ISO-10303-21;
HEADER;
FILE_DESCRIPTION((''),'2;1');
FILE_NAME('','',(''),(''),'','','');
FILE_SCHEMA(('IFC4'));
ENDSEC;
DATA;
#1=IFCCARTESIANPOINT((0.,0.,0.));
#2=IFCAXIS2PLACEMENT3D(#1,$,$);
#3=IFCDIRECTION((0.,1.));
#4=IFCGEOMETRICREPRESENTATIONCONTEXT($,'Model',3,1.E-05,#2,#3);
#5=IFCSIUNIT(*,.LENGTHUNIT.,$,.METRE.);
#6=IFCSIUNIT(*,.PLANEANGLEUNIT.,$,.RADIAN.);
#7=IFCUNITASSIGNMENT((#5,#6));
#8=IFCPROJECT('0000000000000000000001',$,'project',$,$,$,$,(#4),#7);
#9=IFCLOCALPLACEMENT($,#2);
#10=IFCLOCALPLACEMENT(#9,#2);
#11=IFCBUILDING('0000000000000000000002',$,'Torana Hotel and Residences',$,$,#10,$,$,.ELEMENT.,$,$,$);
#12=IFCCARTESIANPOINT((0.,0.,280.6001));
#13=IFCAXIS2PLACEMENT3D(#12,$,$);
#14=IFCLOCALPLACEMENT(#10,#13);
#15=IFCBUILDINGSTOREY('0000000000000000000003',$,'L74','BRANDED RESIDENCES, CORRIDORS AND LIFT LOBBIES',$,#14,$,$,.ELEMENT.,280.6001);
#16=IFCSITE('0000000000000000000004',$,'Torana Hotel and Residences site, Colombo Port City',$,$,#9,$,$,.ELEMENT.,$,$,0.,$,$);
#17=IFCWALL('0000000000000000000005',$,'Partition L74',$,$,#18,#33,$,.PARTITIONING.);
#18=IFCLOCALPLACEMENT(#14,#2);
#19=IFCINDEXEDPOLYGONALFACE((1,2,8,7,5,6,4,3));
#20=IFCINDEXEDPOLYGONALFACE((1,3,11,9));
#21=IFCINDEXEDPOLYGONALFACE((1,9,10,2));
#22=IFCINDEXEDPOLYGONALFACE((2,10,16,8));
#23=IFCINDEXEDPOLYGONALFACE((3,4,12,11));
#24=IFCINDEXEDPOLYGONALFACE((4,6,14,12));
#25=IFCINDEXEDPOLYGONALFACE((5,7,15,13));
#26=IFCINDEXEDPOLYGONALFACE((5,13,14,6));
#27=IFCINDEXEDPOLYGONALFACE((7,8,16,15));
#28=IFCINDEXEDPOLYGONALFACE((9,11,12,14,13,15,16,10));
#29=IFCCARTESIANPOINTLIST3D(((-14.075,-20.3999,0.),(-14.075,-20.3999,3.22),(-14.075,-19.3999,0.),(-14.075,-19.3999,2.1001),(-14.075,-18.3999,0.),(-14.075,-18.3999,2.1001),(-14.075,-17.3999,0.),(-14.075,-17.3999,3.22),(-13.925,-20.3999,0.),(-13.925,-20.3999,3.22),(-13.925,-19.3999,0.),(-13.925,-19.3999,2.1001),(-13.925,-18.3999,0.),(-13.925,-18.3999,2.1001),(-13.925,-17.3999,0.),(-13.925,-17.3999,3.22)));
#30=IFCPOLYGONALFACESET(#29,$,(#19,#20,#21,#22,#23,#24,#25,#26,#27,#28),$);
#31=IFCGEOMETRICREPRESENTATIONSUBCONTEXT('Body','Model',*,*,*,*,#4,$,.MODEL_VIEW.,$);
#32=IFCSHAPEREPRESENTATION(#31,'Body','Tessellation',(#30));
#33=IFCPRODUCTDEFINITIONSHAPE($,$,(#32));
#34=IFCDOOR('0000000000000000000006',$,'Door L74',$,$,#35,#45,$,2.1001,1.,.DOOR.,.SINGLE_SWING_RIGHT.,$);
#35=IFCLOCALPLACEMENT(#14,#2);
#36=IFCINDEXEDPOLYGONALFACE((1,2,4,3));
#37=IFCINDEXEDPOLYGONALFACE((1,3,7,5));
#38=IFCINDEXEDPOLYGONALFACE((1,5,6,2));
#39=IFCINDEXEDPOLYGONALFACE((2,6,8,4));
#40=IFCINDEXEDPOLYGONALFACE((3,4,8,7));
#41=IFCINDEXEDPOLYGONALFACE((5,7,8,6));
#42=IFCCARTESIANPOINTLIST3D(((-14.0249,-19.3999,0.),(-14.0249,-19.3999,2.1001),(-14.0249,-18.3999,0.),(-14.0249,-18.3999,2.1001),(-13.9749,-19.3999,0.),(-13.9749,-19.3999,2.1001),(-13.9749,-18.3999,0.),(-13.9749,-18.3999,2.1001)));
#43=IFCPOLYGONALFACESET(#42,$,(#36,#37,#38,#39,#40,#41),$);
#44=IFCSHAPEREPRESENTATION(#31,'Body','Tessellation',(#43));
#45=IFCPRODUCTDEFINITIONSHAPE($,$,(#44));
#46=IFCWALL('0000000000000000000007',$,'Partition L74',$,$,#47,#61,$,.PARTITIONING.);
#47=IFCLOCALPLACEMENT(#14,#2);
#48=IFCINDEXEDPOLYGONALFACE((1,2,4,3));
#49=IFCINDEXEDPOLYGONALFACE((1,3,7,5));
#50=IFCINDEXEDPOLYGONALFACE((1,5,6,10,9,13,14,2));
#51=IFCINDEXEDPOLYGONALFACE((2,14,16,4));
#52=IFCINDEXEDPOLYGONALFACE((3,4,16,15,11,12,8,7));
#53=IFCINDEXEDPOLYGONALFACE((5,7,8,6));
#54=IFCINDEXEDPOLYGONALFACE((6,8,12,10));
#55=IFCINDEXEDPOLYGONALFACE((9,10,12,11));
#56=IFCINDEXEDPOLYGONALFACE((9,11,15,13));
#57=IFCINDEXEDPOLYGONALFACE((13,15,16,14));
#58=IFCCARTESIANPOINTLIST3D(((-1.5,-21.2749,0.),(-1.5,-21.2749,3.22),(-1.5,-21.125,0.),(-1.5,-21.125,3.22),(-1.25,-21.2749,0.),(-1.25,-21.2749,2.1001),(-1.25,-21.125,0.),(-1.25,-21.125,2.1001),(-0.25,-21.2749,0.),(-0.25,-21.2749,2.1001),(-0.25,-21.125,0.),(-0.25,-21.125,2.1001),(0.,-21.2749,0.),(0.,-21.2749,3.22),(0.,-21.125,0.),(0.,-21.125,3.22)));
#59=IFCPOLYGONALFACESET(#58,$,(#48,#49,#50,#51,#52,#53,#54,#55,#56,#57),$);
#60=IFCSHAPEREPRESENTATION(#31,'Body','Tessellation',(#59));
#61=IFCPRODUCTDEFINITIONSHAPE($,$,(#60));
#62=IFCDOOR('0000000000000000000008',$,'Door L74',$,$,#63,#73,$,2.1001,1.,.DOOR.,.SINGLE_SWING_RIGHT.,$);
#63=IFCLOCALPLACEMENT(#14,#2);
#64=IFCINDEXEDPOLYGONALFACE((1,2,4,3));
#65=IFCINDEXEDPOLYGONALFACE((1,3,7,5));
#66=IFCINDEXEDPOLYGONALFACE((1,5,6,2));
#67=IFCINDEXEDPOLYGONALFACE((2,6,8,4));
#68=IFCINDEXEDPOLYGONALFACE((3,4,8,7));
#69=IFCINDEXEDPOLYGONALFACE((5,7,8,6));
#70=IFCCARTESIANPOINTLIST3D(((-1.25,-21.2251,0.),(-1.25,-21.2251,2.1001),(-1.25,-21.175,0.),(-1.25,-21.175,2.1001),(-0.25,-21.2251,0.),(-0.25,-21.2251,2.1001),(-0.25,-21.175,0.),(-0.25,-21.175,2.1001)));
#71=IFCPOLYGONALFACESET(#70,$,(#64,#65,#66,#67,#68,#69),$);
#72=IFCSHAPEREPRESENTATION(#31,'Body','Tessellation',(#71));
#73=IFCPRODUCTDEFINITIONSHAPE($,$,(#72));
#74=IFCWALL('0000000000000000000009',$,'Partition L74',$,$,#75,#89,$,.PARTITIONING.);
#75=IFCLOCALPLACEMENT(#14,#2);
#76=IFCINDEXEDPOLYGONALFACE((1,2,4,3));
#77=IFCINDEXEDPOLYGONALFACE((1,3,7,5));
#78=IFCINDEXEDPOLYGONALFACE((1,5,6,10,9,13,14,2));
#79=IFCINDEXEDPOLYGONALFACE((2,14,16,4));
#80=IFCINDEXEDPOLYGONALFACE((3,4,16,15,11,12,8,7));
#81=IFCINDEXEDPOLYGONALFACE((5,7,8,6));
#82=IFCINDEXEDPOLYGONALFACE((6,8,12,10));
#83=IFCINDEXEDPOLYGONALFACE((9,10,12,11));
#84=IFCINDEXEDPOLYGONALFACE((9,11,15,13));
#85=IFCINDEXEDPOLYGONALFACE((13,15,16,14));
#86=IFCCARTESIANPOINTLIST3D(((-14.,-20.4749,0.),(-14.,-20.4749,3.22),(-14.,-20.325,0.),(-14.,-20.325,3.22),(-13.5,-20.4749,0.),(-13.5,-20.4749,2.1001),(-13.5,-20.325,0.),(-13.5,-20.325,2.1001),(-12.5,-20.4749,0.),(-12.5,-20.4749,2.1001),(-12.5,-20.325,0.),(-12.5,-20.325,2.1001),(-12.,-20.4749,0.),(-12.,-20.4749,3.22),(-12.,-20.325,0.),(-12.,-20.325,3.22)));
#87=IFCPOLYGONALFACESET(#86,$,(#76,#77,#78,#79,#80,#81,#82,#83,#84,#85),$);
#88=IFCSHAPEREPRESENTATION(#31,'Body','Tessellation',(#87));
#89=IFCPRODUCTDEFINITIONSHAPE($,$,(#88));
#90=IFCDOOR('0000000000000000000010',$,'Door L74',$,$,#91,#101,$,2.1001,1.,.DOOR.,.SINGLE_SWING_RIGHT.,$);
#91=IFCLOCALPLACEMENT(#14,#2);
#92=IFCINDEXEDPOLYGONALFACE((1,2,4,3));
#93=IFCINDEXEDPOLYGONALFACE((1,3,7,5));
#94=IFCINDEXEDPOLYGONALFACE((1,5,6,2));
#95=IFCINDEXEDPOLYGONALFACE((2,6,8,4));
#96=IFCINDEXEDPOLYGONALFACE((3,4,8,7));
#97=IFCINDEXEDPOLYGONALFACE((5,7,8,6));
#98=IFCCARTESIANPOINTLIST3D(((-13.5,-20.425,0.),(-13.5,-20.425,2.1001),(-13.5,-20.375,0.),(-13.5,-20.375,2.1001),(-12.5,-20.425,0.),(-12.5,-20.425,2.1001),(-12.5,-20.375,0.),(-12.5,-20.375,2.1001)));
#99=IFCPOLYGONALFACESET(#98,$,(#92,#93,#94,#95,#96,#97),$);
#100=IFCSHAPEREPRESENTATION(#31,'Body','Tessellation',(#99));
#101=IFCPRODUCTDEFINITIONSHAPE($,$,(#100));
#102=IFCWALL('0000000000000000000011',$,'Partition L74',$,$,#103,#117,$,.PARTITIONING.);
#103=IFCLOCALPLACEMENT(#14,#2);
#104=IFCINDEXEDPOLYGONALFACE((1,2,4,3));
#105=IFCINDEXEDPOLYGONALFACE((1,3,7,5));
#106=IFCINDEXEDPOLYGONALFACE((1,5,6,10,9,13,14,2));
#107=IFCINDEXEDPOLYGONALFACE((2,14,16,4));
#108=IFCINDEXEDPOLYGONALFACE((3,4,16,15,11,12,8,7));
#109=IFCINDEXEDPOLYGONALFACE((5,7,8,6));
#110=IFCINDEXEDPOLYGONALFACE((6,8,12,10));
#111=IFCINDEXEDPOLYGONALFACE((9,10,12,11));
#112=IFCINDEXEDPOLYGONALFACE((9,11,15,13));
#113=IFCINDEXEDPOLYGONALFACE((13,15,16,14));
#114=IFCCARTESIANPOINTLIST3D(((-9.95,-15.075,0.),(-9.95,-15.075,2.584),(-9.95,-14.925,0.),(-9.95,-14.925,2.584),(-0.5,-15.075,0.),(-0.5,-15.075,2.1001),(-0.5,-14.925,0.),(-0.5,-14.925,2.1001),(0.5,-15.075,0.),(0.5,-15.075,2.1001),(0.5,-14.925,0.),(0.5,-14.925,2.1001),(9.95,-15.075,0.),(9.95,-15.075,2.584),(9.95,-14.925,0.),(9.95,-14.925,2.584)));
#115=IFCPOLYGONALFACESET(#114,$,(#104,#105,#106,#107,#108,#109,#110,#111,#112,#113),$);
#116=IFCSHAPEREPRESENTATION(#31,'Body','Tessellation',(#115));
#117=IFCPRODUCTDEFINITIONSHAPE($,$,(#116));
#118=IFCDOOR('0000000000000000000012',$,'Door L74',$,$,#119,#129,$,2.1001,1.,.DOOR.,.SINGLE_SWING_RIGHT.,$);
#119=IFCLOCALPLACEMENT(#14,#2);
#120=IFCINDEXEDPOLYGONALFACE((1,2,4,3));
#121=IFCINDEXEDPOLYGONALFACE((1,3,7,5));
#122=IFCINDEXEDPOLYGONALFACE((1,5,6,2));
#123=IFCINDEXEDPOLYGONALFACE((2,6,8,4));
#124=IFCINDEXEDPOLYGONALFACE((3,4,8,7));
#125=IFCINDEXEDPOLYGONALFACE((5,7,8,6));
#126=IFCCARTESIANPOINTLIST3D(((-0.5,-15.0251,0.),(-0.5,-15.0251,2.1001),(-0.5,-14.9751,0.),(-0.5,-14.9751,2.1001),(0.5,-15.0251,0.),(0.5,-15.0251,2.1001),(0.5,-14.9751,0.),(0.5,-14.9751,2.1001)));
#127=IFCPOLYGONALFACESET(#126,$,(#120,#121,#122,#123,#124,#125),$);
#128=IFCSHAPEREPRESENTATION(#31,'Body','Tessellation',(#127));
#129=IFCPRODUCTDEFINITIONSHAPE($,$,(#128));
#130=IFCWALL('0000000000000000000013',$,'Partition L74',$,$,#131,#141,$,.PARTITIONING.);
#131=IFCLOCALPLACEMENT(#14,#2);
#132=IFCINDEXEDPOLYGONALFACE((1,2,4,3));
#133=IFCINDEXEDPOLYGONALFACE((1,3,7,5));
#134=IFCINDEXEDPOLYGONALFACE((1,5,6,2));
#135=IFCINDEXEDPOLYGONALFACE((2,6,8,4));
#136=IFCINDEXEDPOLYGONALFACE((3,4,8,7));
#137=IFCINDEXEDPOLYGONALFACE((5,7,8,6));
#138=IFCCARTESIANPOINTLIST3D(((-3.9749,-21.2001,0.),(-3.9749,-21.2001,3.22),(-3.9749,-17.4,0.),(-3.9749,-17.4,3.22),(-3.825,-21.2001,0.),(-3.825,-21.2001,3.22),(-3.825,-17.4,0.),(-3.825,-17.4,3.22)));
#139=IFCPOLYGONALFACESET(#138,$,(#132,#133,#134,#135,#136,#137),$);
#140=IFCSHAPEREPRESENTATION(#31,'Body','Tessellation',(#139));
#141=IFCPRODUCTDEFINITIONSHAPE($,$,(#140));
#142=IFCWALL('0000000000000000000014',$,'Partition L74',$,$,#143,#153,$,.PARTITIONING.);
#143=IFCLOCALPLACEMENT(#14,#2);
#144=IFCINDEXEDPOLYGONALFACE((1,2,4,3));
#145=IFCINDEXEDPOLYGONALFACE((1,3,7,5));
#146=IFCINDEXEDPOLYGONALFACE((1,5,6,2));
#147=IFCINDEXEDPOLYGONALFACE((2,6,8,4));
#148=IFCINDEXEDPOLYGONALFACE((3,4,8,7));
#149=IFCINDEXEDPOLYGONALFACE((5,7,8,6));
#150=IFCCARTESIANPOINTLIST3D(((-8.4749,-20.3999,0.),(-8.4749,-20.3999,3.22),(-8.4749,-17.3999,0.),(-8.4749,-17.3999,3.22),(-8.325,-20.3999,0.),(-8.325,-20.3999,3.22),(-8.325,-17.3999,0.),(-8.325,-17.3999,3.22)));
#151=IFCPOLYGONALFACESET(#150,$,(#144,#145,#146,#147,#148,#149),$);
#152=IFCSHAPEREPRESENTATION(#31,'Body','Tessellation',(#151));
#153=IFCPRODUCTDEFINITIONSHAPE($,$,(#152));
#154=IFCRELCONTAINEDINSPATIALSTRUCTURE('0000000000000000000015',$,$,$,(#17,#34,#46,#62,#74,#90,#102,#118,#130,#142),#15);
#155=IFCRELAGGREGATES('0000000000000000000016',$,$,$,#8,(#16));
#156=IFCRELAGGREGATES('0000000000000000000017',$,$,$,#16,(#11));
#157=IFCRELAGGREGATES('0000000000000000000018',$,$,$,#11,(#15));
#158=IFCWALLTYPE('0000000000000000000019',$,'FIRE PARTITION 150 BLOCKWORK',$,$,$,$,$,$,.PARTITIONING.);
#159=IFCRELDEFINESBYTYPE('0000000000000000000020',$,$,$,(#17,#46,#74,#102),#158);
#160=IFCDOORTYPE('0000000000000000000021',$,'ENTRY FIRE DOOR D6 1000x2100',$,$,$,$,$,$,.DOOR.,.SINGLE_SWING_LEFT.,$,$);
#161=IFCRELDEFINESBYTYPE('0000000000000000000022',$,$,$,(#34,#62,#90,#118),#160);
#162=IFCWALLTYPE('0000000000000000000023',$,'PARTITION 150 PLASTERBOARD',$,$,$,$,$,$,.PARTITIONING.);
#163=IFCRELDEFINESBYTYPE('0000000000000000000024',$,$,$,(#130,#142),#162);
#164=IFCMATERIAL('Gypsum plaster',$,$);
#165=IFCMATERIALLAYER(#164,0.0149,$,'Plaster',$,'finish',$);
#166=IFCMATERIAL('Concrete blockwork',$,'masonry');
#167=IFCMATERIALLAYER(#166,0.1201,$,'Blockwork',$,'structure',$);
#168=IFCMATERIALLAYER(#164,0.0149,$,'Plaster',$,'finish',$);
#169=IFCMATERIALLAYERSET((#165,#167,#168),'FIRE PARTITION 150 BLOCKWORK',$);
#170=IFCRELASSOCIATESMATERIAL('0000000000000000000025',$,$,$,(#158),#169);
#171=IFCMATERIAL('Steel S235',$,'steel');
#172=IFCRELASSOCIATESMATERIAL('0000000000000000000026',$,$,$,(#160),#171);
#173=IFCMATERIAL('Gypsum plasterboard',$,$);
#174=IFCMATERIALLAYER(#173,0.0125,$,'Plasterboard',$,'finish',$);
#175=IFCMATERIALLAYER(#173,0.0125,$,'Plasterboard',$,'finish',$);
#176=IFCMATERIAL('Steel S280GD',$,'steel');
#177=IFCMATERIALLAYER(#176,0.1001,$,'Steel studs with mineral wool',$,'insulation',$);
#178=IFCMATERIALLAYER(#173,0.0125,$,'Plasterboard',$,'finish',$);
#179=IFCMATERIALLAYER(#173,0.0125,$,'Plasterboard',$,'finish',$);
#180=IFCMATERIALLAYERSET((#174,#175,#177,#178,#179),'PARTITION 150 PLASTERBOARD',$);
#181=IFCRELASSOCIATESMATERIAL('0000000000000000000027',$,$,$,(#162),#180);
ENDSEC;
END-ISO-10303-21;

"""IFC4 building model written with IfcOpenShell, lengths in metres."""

from ifc_helpers import new_model, si_unit, direction, frame, frame_2d, origin, place, context, subcontext, project, spatial, rectangle, extrude, material, layer, layer_set, type_object, element, fill, save


model = new_model("IFC4")

# Units and contexts
model_context = context("Model", 3, precision=1e-05, world=origin(), true_north=direction((0.0, 1.0)))
body_context = subcontext(model_context, "Body", "Model", "MODEL_VIEW")
ifc_project = project(units=[si_unit("LENGTHUNIT", "METRE"), si_unit("PLANEANGLEUNIT", "RADIAN")], contexts=[model_context])

# Site, building, storey
site_placement = place(None, origin())
site = spatial("IfcSite", under=ifc_project, at=site_placement, Name="Torana Hotel and Residences site, Colombo Port City", CompositionType="ELEMENT", RefElevation=0.0)
building_placement = place(site_placement, origin())
building = spatial("IfcBuilding", under=site, at=building_placement, Name="Torana Hotel and Residences", CompositionType="ELEMENT")
storey_placement = place(building_placement, frame((0.0, 0.0, 280.6001)))
storey = spatial("IfcBuildingStorey", under=building, at=storey_placement, Name="L74", Description="BRANDED RESIDENCES, CORRIDORS AND LIFT LOBBIES", CompositionType="ELEMENT", Elevation=280.6001)

# Walls, openings, doors
ifc_material_1 = material(Name="Gypsum plaster")
ifc_layer_1 = layer(ifc_material_1, 0.0149, Name="Plaster", Category="finish")
ifc_material_2 = material(Name="Concrete blockwork", Category="masonry")
ifc_layer_2 = layer(ifc_material_2, 0.1201, Name="Blockwork", Category="structure")
ifc_layer_3 = layer(ifc_material_1, 0.0149, Name="Plaster", Category="finish")
ifc_layer_set_1 = layer_set([ifc_layer_1, ifc_layer_2, ifc_layer_3], Name="FIRE PARTITION 150 BLOCKWORK")
wall_type_1 = type_object("IfcWallType", Name="FIRE PARTITION 150 BLOCKWORK", PredefinedType="PARTITIONING", material=ifc_layer_set_1)
ifc_material_3 = material(Name="Steel S235", Category="steel")
door_type_1 = type_object("IfcDoorType", Name="ENTRY FIRE DOOR D6 1000x2100", OperationType="SINGLE_SWING_LEFT", PredefinedType="DOOR", material=ifc_material_3)
wall_1_placement = place(storey_placement, frame((-14.0, -20.3999, 0.0), z_axis=(0.0, 0.0, 1.0), x_axis=(0.0, 1.0, 0.0)))
wall_1 = element("IfcWall", 1, at=wall_1_placement, inside=storey, type_object=wall_type_1, Name="Partition L74", PredefinedType="PARTITIONING", context=body_context, shape_type="SweptSolid", body=[
    extrude(rectangle(XDim=3.0, YDim=0.1499, at=frame_2d((1.5, 0.0))), origin(), (0.0, 0.0, 1.0), 3.22),
])
opening_1_placement = place(wall_1_placement, frame((1.0, 0.0, 0.0)))
opening_1 = element("IfcOpeningElement", 2, at=opening_1_placement, cuts=wall_1, PredefinedType="OPENING", context=body_context, shape_type="SweptSolid", body=[
    extrude(rectangle(XDim=1.0, YDim=2.1001, at=frame_2d((0.5, 1.05))), frame((0.0, 0.085, 0.0), z_axis=(0.0, -1.0, 0.0), x_axis=(1.0, 0.0, 0.0)), (0.0, 0.0, 1.0), 0.1699),
])
door_1_placement = place(opening_1_placement, origin())
door_1 = element("IfcDoor", 3, at=door_1_placement, inside=storey, type_object=door_type_1, Name="Door L74", OperationType="SINGLE_SWING_RIGHT", OverallHeight=2.1001, OverallWidth=1.0, PredefinedType="DOOR", context=body_context, shape_type="SweptSolid", body=[
    extrude(rectangle(XDim=1.0, YDim=2.1001, at=frame_2d((0.5, 1.05))), frame((0.0, 0.0249, 0.0), z_axis=(0.0, -1.0, 0.0), x_axis=(1.0, 0.0, 0.0)), (0.0, 0.0, 1.0), 0.05),
])
fill(opening_1, door_1)
wall_2_placement = place(storey_placement, frame((-1.5, -21.2, 0.0), z_axis=(0.0, 0.0, 1.0), x_axis=(1.0, 0.0, 0.0)))
wall_2 = element("IfcWall", 4, at=wall_2_placement, inside=storey, type_object=wall_type_1, Name="Partition L74", PredefinedType="PARTITIONING", context=body_context, shape_type="SweptSolid", body=[
    extrude(rectangle(XDim=1.5, YDim=0.1499, at=frame_2d((0.75, 0.0))), origin(), (0.0, 0.0, 1.0), 3.22),
])
opening_2_placement = place(wall_2_placement, frame((0.25, 0.0, 0.0)))
opening_2 = element("IfcOpeningElement", 5, at=opening_2_placement, cuts=wall_2, PredefinedType="OPENING", context=body_context, shape_type="SweptSolid", body=[
    extrude(rectangle(XDim=1.0, YDim=2.1001, at=frame_2d((0.5, 1.05))), frame((0.0, 0.085, 0.0), z_axis=(0.0, -1.0, 0.0), x_axis=(1.0, 0.0, 0.0)), (0.0, 0.0, 1.0), 0.1699),
])
door_2_placement = place(opening_2_placement, frame((0.5, 0.0, 0.0), z_axis=(0.0, 0.0, 1.0), x_axis=(-1.0, 0.0, 0.0)))
door_2 = element("IfcDoor", 6, at=door_2_placement, inside=storey, type_object=door_type_1, Name="Door L74", OperationType="SINGLE_SWING_RIGHT", OverallHeight=2.1001, OverallWidth=1.0, PredefinedType="DOOR", context=body_context, shape_type="SweptSolid", body=[
    extrude(rectangle(XDim=1.0, YDim=2.1001, at=frame_2d((0.0, 1.05))), frame((0.0, -0.0249, 0.0), z_axis=(0.0, 1.0, 0.0), x_axis=(-1.0, 0.0, 0.0)), (0.0, 0.0, 1.0), 0.05),
])
fill(opening_2, door_2)
wall_3_placement = place(storey_placement, frame((-14.0, -20.3999, 0.0), z_axis=(0.0, 0.0, 1.0), x_axis=(1.0, 0.0, 0.0)))
wall_3 = element("IfcWall", 7, at=wall_3_placement, inside=storey, type_object=wall_type_1, Name="Partition L74", PredefinedType="PARTITIONING", context=body_context, shape_type="SweptSolid", body=[
    extrude(rectangle(XDim=2.0, YDim=0.1499, at=frame_2d((1.0, 0.0))), origin(), (0.0, 0.0, 1.0), 3.22),
])
opening_3_placement = place(wall_3_placement, frame((0.5, 0.0, 0.0)))
opening_3 = element("IfcOpeningElement", 8, at=opening_3_placement, cuts=wall_3, PredefinedType="OPENING", context=body_context, shape_type="SweptSolid", body=[
    extrude(rectangle(XDim=1.0, YDim=2.1001, at=frame_2d((0.5, 1.05))), frame((0.0, 0.085, 0.0), z_axis=(0.0, -1.0, 0.0), x_axis=(1.0, 0.0, 0.0)), (0.0, 0.0, 1.0), 0.1699),
])
door_3_placement = place(opening_3_placement, frame((0.5, 0.0, 0.0), z_axis=(0.0, 0.0, 1.0), x_axis=(-1.0, 0.0, 0.0)))
door_3 = element("IfcDoor", 9, at=door_3_placement, inside=storey, type_object=door_type_1, Name="Door L74", OperationType="SINGLE_SWING_RIGHT", OverallHeight=2.1001, OverallWidth=1.0, PredefinedType="DOOR", context=body_context, shape_type="SweptSolid", body=[
    extrude(rectangle(XDim=1.0, YDim=2.1001, at=frame_2d((0.0, 1.05))), frame((0.0, -0.0249, 0.0), z_axis=(0.0, 1.0, 0.0), x_axis=(-1.0, 0.0, 0.0)), (0.0, 0.0, 1.0), 0.05),
])
fill(opening_3, door_3)
wall_4_placement = place(storey_placement, frame((-9.95, -15.0, 0.0), z_axis=(0.0, 0.0, 1.0), x_axis=(1.0, 0.0, 0.0)))
wall_4 = element("IfcWall", 10, at=wall_4_placement, inside=storey, type_object=wall_type_1, Name="Partition L74", PredefinedType="PARTITIONING", context=body_context, shape_type="SweptSolid", body=[
    extrude(rectangle(XDim=19.8999, YDim=0.1499, at=frame_2d((9.95, 0.0))), origin(), (0.0, 0.0, 1.0), 2.584),
])
opening_4_placement = place(wall_4_placement, frame((9.45, 0.0, 0.0)))
opening_4 = element("IfcOpeningElement", 11, at=opening_4_placement, cuts=wall_4, PredefinedType="OPENING", context=body_context, shape_type="SweptSolid", body=[
    extrude(rectangle(XDim=1.0, YDim=2.1001, at=frame_2d((0.5, 1.05))), frame((0.0, 0.085, 0.0), z_axis=(0.0, -1.0, 0.0), x_axis=(1.0, 0.0, 0.0)), (0.0, 0.0, 1.0), 0.1699),
])
door_4_placement = place(opening_4_placement, origin())
door_4 = element("IfcDoor", 12, at=door_4_placement, inside=storey, type_object=door_type_1, Name="Door L74", OperationType="SINGLE_SWING_RIGHT", OverallHeight=2.1001, OverallWidth=1.0, PredefinedType="DOOR", context=body_context, shape_type="SweptSolid", body=[
    extrude(rectangle(XDim=1.0, YDim=2.1001, at=frame_2d((0.5, 1.05))), frame((0.0, 0.0249, 0.0), z_axis=(0.0, -1.0, 0.0), x_axis=(1.0, 0.0, 0.0)), (0.0, 0.0, 1.0), 0.05),
])
fill(opening_4, door_4)

# Walls
ifc_material_4 = material(Name="Gypsum plasterboard")
ifc_layer_4 = layer(ifc_material_4, 0.0125, Name="Plasterboard", Category="finish")
ifc_layer_5 = layer(ifc_material_4, 0.0125, Name="Plasterboard", Category="finish")
ifc_material_5 = material(Name="Steel S280GD", Category="steel")
ifc_layer_6 = layer(ifc_material_5, 0.1001, Name="Steel studs with mineral wool", Category="insulation")
ifc_layer_7 = layer(ifc_material_4, 0.0125, Name="Plasterboard", Category="finish")
ifc_layer_8 = layer(ifc_material_4, 0.0125, Name="Plasterboard", Category="finish")
ifc_layer_set_2 = layer_set([ifc_layer_4, ifc_layer_5, ifc_layer_6, ifc_layer_7, ifc_layer_8], Name="PARTITION 150 PLASTERBOARD")
wall_type_2 = type_object("IfcWallType", Name="PARTITION 150 PLASTERBOARD", PredefinedType="PARTITIONING", material=ifc_layer_set_2)
wall_5_placement = place(storey_placement, frame((-3.8999, -21.2, 0.0), z_axis=(0.0, 0.0, 1.0), x_axis=(0.0, 1.0, 0.0)))
element("IfcWall", 13, at=wall_5_placement, inside=storey, type_object=wall_type_2, Name="Partition L74", PredefinedType="PARTITIONING", context=body_context, shape_type="SweptSolid", body=[
    extrude(rectangle(XDim=3.8, YDim=0.1499, at=frame_2d((1.8999, 0.0))), origin(), (0.0, 0.0, 1.0), 3.22),
])
wall_6_placement = place(storey_placement, frame((-8.3999, -20.3999, 0.0), z_axis=(0.0, 0.0, 1.0), x_axis=(0.0, 1.0, 0.0)))
element("IfcWall", 14, at=wall_6_placement, inside=storey, type_object=wall_type_2, Name="Partition L74", PredefinedType="PARTITIONING", context=body_context, shape_type="SweptSolid", body=[
    extrude(rectangle(XDim=3.0, YDim=0.1499, at=frame_2d((1.5, 0.0))), origin(), (0.0, 0.0, 1.0), 3.22),
])

save(model, "model.ifc")
